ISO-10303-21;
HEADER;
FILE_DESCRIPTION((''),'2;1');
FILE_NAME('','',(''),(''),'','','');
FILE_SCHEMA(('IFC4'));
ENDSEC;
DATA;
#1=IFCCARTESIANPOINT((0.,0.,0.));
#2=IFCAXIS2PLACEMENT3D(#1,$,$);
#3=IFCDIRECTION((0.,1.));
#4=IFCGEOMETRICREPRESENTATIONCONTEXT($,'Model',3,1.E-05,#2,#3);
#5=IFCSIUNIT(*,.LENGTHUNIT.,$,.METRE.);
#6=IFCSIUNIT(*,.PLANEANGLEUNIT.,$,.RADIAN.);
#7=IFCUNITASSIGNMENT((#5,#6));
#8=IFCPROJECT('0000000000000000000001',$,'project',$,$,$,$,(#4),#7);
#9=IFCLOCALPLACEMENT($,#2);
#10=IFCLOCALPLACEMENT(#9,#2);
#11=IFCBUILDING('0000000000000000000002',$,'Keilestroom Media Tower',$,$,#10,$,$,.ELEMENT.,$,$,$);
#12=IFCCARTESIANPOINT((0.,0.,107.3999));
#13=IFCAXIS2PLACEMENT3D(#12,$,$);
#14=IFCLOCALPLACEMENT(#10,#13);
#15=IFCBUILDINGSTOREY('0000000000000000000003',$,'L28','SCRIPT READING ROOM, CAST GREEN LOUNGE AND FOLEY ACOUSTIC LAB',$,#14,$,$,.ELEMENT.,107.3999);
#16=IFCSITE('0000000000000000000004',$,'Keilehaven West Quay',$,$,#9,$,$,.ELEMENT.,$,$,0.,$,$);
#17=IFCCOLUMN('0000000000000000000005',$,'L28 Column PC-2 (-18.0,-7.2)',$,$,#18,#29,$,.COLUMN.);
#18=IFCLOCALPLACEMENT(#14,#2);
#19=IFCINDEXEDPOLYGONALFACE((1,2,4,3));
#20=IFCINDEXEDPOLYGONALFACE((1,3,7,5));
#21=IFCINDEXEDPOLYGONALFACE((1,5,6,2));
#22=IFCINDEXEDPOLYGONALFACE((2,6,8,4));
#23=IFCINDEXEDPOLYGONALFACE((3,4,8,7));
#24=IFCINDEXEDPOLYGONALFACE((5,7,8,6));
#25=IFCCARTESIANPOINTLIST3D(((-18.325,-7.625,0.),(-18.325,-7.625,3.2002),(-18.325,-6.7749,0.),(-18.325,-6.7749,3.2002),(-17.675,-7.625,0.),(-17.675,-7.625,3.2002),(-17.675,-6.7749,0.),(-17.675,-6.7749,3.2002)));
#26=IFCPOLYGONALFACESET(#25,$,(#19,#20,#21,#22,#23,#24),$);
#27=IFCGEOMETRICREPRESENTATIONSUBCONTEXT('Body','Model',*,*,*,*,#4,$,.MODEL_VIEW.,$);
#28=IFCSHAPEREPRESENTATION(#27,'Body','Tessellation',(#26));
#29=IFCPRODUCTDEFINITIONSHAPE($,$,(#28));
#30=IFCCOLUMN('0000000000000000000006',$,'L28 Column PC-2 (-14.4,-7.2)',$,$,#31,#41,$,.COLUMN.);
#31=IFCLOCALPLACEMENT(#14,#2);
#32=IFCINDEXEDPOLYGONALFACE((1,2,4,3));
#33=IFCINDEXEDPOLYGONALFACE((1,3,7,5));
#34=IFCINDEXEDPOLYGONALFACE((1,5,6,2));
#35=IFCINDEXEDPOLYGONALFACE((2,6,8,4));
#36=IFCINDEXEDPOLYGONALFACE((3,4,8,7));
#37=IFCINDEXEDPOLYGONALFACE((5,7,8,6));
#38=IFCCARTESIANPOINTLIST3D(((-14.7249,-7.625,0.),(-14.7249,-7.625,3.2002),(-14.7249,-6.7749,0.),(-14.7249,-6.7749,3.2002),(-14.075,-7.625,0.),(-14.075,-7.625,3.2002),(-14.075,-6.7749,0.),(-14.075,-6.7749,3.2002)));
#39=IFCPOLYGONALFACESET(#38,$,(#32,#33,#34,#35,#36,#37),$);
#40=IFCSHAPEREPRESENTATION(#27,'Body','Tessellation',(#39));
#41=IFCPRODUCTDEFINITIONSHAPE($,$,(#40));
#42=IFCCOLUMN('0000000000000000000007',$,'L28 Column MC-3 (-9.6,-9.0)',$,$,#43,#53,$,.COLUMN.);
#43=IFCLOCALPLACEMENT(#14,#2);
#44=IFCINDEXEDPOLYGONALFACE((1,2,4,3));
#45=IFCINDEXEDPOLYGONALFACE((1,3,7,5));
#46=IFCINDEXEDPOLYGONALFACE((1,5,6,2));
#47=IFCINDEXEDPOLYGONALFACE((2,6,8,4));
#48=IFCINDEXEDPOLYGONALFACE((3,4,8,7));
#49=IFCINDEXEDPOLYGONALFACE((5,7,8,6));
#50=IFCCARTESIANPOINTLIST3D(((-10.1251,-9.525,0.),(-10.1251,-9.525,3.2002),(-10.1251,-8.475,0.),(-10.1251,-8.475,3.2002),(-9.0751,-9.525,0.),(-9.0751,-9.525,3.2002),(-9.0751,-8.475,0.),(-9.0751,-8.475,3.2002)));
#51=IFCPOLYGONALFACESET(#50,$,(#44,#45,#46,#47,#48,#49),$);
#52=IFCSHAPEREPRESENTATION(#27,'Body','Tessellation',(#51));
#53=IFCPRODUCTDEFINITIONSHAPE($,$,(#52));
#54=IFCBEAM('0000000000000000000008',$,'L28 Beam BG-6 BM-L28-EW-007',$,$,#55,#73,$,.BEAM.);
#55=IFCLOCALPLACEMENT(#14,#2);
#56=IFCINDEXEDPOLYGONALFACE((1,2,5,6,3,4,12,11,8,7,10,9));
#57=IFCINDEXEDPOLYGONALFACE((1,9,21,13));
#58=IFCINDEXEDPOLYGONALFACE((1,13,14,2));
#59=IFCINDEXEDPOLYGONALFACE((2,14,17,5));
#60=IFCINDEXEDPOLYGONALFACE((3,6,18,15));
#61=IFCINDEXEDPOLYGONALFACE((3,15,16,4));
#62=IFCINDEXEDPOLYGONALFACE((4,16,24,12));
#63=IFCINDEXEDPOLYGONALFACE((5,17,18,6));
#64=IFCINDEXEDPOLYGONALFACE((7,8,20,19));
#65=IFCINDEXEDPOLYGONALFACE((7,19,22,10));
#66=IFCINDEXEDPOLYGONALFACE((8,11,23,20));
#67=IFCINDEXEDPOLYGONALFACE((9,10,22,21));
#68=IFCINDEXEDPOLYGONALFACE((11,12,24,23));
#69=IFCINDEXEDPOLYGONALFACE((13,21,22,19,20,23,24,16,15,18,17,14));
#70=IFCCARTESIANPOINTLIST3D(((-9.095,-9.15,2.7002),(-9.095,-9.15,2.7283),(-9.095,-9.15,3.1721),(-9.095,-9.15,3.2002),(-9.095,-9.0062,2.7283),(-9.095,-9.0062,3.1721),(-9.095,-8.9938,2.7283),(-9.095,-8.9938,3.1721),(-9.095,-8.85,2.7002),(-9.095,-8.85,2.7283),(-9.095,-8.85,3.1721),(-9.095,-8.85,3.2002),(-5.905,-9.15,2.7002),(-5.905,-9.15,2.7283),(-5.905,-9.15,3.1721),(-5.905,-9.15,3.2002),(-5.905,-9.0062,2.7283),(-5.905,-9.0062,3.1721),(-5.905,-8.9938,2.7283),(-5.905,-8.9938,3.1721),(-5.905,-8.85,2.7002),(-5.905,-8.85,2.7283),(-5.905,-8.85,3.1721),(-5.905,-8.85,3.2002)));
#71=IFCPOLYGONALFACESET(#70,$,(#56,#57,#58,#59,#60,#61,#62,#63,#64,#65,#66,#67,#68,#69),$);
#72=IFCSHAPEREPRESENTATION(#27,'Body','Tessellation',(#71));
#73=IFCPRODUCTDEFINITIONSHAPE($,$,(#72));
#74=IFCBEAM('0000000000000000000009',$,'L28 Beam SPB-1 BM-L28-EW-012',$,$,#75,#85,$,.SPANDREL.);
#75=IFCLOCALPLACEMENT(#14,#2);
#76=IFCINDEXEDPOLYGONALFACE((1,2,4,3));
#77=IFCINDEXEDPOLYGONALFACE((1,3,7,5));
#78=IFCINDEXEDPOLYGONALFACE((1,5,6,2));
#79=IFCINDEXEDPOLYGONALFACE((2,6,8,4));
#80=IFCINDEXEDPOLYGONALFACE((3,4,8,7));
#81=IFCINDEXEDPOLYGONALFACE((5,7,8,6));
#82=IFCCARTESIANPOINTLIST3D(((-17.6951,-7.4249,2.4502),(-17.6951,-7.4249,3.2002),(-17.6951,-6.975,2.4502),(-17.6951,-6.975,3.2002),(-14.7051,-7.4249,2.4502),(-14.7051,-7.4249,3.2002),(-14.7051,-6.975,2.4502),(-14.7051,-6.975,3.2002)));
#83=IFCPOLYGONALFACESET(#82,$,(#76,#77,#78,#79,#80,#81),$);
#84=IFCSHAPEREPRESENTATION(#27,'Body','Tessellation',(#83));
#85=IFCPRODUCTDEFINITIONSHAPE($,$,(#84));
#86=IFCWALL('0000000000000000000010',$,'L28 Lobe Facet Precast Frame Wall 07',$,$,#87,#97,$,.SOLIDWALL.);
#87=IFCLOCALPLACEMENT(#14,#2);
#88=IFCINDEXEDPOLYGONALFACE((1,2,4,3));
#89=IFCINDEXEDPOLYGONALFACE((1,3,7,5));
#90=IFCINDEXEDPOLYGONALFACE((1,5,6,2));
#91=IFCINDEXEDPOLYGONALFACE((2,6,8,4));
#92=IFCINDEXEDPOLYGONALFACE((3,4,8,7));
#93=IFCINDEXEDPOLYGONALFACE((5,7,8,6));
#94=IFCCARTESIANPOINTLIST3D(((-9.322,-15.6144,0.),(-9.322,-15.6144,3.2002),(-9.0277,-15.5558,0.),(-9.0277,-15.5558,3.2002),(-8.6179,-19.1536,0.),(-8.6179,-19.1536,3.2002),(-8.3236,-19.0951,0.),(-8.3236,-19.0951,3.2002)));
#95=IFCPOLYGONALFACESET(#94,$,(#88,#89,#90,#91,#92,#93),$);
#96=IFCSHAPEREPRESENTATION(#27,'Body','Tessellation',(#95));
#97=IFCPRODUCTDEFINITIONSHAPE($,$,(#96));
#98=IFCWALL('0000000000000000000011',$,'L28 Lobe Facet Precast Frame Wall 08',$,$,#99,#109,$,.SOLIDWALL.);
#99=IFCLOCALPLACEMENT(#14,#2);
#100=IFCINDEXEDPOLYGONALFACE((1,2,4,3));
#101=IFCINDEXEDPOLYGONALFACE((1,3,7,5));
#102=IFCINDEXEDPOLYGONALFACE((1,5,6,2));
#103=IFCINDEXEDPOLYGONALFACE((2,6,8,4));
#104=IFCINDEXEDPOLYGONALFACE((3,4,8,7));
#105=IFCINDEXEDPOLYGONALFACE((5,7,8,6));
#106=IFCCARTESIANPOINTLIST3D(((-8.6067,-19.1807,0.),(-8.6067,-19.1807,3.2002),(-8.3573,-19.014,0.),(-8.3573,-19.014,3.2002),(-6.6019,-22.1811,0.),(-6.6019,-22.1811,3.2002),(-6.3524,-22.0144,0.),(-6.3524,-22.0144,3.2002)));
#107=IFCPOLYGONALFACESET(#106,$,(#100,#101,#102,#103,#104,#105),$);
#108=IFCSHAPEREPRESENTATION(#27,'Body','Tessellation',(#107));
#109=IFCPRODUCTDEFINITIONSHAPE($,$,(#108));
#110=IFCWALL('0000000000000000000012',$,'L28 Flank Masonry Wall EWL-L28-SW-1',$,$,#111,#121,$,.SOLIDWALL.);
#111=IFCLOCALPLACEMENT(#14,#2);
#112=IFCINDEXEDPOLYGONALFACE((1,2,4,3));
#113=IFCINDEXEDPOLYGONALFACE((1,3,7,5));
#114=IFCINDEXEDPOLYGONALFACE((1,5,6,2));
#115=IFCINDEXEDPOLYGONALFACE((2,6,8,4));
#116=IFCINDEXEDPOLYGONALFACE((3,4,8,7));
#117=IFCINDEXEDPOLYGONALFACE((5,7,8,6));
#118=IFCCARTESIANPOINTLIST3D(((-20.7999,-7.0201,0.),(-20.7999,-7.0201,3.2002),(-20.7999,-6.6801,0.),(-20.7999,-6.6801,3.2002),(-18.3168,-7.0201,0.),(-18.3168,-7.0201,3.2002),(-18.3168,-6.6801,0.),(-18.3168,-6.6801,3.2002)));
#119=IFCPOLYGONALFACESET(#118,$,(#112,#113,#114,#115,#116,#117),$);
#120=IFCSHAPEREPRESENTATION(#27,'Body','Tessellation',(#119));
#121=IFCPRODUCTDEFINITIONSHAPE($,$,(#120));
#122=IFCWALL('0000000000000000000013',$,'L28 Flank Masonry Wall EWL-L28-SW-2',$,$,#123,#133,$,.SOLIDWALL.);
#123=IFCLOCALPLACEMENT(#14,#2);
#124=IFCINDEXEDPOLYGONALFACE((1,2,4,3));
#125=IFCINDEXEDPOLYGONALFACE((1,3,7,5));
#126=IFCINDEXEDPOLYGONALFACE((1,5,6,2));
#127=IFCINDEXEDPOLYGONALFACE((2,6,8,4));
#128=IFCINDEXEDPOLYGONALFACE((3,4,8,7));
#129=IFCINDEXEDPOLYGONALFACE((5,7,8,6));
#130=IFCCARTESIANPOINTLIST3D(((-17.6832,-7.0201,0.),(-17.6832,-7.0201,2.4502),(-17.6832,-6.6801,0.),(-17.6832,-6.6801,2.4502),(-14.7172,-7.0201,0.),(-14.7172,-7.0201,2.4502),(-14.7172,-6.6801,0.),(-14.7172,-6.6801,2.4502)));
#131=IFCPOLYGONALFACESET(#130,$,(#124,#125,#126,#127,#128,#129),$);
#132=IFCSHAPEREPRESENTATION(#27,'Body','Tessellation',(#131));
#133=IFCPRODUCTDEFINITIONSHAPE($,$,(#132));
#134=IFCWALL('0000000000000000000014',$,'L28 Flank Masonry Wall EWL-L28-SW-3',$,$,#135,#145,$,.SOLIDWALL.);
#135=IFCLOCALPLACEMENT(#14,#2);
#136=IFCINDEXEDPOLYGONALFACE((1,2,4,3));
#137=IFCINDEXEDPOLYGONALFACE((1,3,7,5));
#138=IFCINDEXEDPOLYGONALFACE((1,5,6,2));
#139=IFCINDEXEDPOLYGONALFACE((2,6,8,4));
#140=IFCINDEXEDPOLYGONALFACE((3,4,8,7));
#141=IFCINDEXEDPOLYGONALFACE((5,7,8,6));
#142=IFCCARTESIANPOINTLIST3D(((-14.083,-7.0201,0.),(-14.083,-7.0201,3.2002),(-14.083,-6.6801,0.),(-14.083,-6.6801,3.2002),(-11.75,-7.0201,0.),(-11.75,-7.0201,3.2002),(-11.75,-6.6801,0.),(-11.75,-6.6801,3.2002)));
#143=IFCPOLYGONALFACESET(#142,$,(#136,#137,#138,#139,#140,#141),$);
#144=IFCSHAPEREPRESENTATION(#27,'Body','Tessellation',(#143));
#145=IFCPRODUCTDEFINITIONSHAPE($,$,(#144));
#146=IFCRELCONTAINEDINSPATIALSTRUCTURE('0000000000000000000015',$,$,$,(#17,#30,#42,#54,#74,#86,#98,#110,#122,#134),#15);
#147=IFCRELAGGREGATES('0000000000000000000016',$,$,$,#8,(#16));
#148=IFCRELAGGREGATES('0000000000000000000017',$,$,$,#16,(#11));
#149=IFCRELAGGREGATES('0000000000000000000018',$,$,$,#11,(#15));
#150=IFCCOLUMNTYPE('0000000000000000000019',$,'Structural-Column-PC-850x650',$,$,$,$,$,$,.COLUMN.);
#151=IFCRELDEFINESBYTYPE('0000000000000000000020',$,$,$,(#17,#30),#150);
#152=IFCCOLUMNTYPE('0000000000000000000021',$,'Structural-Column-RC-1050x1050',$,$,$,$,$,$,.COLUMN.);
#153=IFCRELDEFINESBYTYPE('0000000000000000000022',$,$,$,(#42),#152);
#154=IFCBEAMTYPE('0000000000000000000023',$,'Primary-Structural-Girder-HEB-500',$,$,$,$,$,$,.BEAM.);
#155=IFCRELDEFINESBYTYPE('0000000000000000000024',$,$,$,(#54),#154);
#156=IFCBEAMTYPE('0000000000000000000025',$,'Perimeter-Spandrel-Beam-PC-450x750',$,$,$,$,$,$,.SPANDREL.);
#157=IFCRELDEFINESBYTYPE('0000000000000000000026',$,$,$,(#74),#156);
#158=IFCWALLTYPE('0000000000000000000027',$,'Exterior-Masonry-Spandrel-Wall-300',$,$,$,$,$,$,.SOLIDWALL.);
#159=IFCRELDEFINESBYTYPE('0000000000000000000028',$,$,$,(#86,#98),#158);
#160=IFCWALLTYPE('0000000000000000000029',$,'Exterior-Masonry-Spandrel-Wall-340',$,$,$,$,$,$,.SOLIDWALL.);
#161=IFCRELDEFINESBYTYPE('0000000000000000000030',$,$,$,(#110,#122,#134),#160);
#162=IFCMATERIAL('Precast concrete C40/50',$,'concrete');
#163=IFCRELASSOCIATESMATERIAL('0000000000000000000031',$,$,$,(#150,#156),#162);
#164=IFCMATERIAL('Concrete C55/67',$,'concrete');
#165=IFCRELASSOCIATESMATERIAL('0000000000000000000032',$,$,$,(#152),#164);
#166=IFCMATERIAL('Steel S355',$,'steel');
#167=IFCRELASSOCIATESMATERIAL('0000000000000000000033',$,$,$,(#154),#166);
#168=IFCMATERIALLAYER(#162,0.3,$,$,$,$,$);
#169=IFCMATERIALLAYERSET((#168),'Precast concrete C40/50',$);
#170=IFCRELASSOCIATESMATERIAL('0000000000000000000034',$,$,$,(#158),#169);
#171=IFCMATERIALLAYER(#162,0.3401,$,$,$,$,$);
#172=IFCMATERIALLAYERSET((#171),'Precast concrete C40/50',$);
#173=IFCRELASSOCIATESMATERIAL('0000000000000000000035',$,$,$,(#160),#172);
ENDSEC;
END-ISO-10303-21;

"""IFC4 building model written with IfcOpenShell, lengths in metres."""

from ifc_helpers import new_model, si_unit, direction, frame, frame_2d, origin, origin_2d, place, context, subcontext, project, spatial, rectangle, i_section, extrude, source, transform, mapped, material, layer, layer_set, material_profile, profile_set, type_object, element, save


model = new_model("IFC4")

# Units and contexts
model_context = context("Model", 3, precision=1e-05, world=origin(), true_north=direction((0.0, 1.0)))
body_context = subcontext(model_context, "Body", "Model", "MODEL_VIEW")
ifc_project = project(units=[si_unit("LENGTHUNIT", "METRE"), si_unit("PLANEANGLEUNIT", "RADIAN")], contexts=[model_context])

# Site, building, storey
site_placement = place(None, origin())
site = spatial("IfcSite", under=ifc_project, at=site_placement, Name="Keilehaven West Quay", CompositionType="ELEMENT", RefElevation=0.0)
building_placement = place(site_placement, origin())
building = spatial("IfcBuilding", under=site, at=building_placement, Name="Keilestroom Media Tower", CompositionType="ELEMENT")
storey_placement = place(building_placement, frame((0.0, 0.0, 107.3999)))
storey = spatial("IfcBuildingStorey", under=building, at=storey_placement, Name="L28", Description="SCRIPT READING ROOM, CAST GREEN LOUNGE AND FOLEY ACOUSTIC LAB", CompositionType="ELEMENT", Elevation=107.3999)

# Columns
ifc_material_1 = material(Name="Precast concrete C40/50", Category="concrete")
ifc_material_profile_1 = material_profile(ifc_material_1, rectangle(XDim=0.6499, YDim=0.8501, at=origin_2d()), Name="PC 850x650")
ifc_profile_set_1 = profile_set([ifc_material_profile_1], Name="Precast concrete C40/50")
column_type_1 = type_object("IfcColumnType", Name="Structural-Column-PC-850x650", PredefinedType="COLUMN", material=ifc_profile_set_1)
shared_shape_1 = source(origin(), body_context, "Body", "SweptSolid", [
    extrude(rectangle(XDim=0.6499, YDim=0.8501, at=origin_2d()), origin(), (0.0, 0.0, 1.0), 3.2002),
])
for number, where, z_axis, x_axis, name in (
    (1, (-18.0, -7.2, 0.0), (0.0, 0.0, 1.0), (1.0, 0.0, 0.0), "L28 Column PC-2 (-18.0,-7.2)"),
    (2, (-14.3999, -7.2, 0.0), (0.0, 0.0, 1.0), (1.0, 0.0, 0.0), "L28 Column PC-2 (-14.4,-7.2)"),
):
    element("IfcColumn", number, at=place(storey_placement, frame(where, z_axis=z_axis, x_axis=x_axis)), inside=storey, type_object=column_type_1, Name=name, PredefinedType="COLUMN", context=body_context, shape_type="MappedRepresentation", body=[
        mapped(shared_shape_1, transform((0.0, 0.0, 0.0), x_axis=(1.0, 0.0, 0.0), y_axis=(0.0, 1.0, 0.0), z_axis=(0.0, 0.0, 1.0), scale=1.0)),
    ])
ifc_material_2 = material(Name="Concrete C55/67", Category="concrete")
ifc_material_profile_2 = material_profile(ifc_material_2, rectangle(XDim=1.05, YDim=1.05, at=origin_2d()), Name="RC 1050x1050")
ifc_profile_set_2 = profile_set([ifc_material_profile_2], Name="Concrete C55/67")
column_type_2 = type_object("IfcColumnType", Name="Structural-Column-RC-1050x1050", PredefinedType="COLUMN", material=ifc_profile_set_2)
shared_shape_2 = source(origin(), body_context, "Body", "SweptSolid", [
    extrude(rectangle(XDim=1.05, YDim=1.05, at=origin_2d()), origin(), (0.0, 0.0, 1.0), 3.2002),
])
column_placement = place(storey_placement, frame((-9.6001, -9.0, 0.0), z_axis=(0.0, 0.0, 1.0), x_axis=(1.0, 0.0, 0.0)))
element("IfcColumn", 3, at=column_placement, inside=storey, type_object=column_type_2, Name="L28 Column MC-3 (-9.6,-9.0)", PredefinedType="COLUMN", context=body_context, shape_type="MappedRepresentation", body=[
    mapped(shared_shape_2, transform((0.0, 0.0, 0.0), x_axis=(1.0, 0.0, 0.0), y_axis=(0.0, 1.0, 0.0), z_axis=(0.0, 0.0, 1.0), scale=1.0)),
])

# Beams
ifc_material_3 = material(Name="Steel S355", Category="steel")
ifc_material_profile_3 = material_profile(ifc_material_3, i_section(OverallWidth=0.3, OverallDepth=0.5, WebThickness=0.0125, FlangeThickness=0.0281, at=origin_2d()), Name="HEB 500")
ifc_profile_set_3 = profile_set([ifc_material_profile_3], Name="Steel S355")
beam_type_1 = type_object("IfcBeamType", Name="Primary-Structural-Girder-HEB-500", PredefinedType="BEAM", material=ifc_profile_set_3)
shared_shape_3 = source(origin(), body_context, "Body", "SweptSolid", [
    extrude(i_section(OverallWidth=0.3, OverallDepth=0.5, WebThickness=0.0125, FlangeThickness=0.0281, at=origin_2d()), origin(), (0.0, 0.0, 1.0), 3.1899),
])
beam_1_placement = place(storey_placement, frame((-9.095, -9.0, 2.9502), z_axis=(1.0, 0.0, 0.0), x_axis=(0.0, 1.0, 0.0)))
element("IfcBeam", 4, at=beam_1_placement, inside=storey, type_object=beam_type_1, Name="L28 Beam BG-6 BM-L28-EW-007", PredefinedType="BEAM", context=body_context, shape_type="MappedRepresentation", body=[
    mapped(shared_shape_3, transform((0.0, 0.0, 0.0), x_axis=(1.0, 0.0, 0.0), y_axis=(0.0, 1.0, 0.0), z_axis=(0.0, 0.0, 1.0), scale=1.0)),
])
ifc_material_profile_4 = material_profile(ifc_material_1, rectangle(XDim=0.45, YDim=0.75, at=origin_2d()), Name="PC 450x750")
ifc_profile_set_4 = profile_set([ifc_material_profile_4], Name="Precast concrete C40/50")
beam_type_2 = type_object("IfcBeamType", Name="Perimeter-Spandrel-Beam-PC-450x750", PredefinedType="SPANDREL", material=ifc_profile_set_4)
shared_shape_4 = source(origin(), body_context, "Body", "SweptSolid", [
    extrude(rectangle(XDim=0.45, YDim=0.75, at=origin_2d()), origin(), (0.0, 0.0, 1.0), 2.99),
])
beam_2_placement = place(storey_placement, frame((-17.6951, -7.2, 2.8252), z_axis=(1.0, 0.0, 0.0), x_axis=(0.0, 1.0, 0.0)))
element("IfcBeam", 5, at=beam_2_placement, inside=storey, type_object=beam_type_2, Name="L28 Beam SPB-1 BM-L28-EW-012", PredefinedType="SPANDREL", context=body_context, shape_type="MappedRepresentation", body=[
    mapped(shared_shape_4, transform((0.0, 0.0, 0.0), x_axis=(1.0, 0.0, 0.0), y_axis=(0.0, 1.0, 0.0), z_axis=(0.0, 0.0, 1.0), scale=1.0)),
])

# Walls
ifc_layer_1 = layer(ifc_material_1, 0.3)
ifc_layer_set_1 = layer_set([ifc_layer_1], Name="Precast concrete C40/50")
wall_type_1 = type_object("IfcWallType", Name="Exterior-Masonry-Spandrel-Wall-300", PredefinedType="SOLIDWALL", material=ifc_layer_set_1)
for number, where, z_axis, x_axis, name in (
    (6, (-9.1748, -15.5852, 0.0), (0.0, 0.0, 1.0), (0.195114, -0.980781, 0.0), "L28 Lobe Facet Precast Frame Wall 07"),
    (7, (-8.4819, -19.0974, 0.0), (0.0, 0.0, 1.0), (0.555574, -0.831467, 0.0), "L28 Lobe Facet Precast Frame Wall 08"),
):
    element("IfcWall", number, at=place(storey_placement, frame(where, z_axis=z_axis, x_axis=x_axis)), inside=storey, type_object=wall_type_1, Name=name, PredefinedType="SOLIDWALL", context=body_context, shape_type="SweptSolid", body=[
        extrude(rectangle(XDim=3.6086, YDim=0.3, at=frame_2d((1.8042, 0.0))), origin(), (0.0, 0.0, 1.0), 3.2002),
    ])
ifc_layer_2 = layer(ifc_material_1, 0.3401)
ifc_layer_set_2 = layer_set([ifc_layer_2], Name="Precast concrete C40/50")
wall_type_2 = type_object("IfcWallType", Name="Exterior-Masonry-Spandrel-Wall-340", PredefinedType="SOLIDWALL", material=ifc_layer_set_2)
wall_1_placement = place(storey_placement, frame((-20.8, -6.8501, 0.0), z_axis=(0.0, 0.0, 1.0), x_axis=(1.0, 0.0, 0.0)))
element("IfcWall", 8, at=wall_1_placement, inside=storey, type_object=wall_type_2, Name="L28 Flank Masonry Wall EWL-L28-SW-1", PredefinedType="SOLIDWALL", context=body_context, shape_type="SweptSolid", body=[
    extrude(rectangle(XDim=2.4832, YDim=0.3401, at=frame_2d((1.2417, 0.0))), origin(), (0.0, 0.0, 1.0), 3.2002),
])
wall_2_placement = place(storey_placement, frame((-17.6831, -6.8501, 0.0), z_axis=(0.0, 0.0, 1.0), x_axis=(1.0, 0.0, 0.0)))
element("IfcWall", 9, at=wall_2_placement, inside=storey, type_object=wall_type_2, Name="L28 Flank Masonry Wall EWL-L28-SW-2", PredefinedType="SOLIDWALL", context=body_context, shape_type="SweptSolid", body=[
    extrude(rectangle(XDim=2.9661, YDim=0.3401, at=frame_2d((1.4829, 0.0))), origin(), (0.0, 0.0, 1.0), 2.4502),
])
wall_3_placement = place(storey_placement, frame((-14.083, -6.8501, 0.0), z_axis=(0.0, 0.0, 1.0), x_axis=(1.0, 0.0, 0.0)))
element("IfcWall", 10, at=wall_3_placement, inside=storey, type_object=wall_type_2, Name="L28 Flank Masonry Wall EWL-L28-SW-3", PredefinedType="SOLIDWALL", context=body_context, shape_type="SweptSolid", body=[
    extrude(rectangle(XDim=2.333, YDim=0.3401, at=frame_2d((1.1665, 0.0))), origin(), (0.0, 0.0, 1.0), 3.2002),
])

save(model, "model.ifc")
